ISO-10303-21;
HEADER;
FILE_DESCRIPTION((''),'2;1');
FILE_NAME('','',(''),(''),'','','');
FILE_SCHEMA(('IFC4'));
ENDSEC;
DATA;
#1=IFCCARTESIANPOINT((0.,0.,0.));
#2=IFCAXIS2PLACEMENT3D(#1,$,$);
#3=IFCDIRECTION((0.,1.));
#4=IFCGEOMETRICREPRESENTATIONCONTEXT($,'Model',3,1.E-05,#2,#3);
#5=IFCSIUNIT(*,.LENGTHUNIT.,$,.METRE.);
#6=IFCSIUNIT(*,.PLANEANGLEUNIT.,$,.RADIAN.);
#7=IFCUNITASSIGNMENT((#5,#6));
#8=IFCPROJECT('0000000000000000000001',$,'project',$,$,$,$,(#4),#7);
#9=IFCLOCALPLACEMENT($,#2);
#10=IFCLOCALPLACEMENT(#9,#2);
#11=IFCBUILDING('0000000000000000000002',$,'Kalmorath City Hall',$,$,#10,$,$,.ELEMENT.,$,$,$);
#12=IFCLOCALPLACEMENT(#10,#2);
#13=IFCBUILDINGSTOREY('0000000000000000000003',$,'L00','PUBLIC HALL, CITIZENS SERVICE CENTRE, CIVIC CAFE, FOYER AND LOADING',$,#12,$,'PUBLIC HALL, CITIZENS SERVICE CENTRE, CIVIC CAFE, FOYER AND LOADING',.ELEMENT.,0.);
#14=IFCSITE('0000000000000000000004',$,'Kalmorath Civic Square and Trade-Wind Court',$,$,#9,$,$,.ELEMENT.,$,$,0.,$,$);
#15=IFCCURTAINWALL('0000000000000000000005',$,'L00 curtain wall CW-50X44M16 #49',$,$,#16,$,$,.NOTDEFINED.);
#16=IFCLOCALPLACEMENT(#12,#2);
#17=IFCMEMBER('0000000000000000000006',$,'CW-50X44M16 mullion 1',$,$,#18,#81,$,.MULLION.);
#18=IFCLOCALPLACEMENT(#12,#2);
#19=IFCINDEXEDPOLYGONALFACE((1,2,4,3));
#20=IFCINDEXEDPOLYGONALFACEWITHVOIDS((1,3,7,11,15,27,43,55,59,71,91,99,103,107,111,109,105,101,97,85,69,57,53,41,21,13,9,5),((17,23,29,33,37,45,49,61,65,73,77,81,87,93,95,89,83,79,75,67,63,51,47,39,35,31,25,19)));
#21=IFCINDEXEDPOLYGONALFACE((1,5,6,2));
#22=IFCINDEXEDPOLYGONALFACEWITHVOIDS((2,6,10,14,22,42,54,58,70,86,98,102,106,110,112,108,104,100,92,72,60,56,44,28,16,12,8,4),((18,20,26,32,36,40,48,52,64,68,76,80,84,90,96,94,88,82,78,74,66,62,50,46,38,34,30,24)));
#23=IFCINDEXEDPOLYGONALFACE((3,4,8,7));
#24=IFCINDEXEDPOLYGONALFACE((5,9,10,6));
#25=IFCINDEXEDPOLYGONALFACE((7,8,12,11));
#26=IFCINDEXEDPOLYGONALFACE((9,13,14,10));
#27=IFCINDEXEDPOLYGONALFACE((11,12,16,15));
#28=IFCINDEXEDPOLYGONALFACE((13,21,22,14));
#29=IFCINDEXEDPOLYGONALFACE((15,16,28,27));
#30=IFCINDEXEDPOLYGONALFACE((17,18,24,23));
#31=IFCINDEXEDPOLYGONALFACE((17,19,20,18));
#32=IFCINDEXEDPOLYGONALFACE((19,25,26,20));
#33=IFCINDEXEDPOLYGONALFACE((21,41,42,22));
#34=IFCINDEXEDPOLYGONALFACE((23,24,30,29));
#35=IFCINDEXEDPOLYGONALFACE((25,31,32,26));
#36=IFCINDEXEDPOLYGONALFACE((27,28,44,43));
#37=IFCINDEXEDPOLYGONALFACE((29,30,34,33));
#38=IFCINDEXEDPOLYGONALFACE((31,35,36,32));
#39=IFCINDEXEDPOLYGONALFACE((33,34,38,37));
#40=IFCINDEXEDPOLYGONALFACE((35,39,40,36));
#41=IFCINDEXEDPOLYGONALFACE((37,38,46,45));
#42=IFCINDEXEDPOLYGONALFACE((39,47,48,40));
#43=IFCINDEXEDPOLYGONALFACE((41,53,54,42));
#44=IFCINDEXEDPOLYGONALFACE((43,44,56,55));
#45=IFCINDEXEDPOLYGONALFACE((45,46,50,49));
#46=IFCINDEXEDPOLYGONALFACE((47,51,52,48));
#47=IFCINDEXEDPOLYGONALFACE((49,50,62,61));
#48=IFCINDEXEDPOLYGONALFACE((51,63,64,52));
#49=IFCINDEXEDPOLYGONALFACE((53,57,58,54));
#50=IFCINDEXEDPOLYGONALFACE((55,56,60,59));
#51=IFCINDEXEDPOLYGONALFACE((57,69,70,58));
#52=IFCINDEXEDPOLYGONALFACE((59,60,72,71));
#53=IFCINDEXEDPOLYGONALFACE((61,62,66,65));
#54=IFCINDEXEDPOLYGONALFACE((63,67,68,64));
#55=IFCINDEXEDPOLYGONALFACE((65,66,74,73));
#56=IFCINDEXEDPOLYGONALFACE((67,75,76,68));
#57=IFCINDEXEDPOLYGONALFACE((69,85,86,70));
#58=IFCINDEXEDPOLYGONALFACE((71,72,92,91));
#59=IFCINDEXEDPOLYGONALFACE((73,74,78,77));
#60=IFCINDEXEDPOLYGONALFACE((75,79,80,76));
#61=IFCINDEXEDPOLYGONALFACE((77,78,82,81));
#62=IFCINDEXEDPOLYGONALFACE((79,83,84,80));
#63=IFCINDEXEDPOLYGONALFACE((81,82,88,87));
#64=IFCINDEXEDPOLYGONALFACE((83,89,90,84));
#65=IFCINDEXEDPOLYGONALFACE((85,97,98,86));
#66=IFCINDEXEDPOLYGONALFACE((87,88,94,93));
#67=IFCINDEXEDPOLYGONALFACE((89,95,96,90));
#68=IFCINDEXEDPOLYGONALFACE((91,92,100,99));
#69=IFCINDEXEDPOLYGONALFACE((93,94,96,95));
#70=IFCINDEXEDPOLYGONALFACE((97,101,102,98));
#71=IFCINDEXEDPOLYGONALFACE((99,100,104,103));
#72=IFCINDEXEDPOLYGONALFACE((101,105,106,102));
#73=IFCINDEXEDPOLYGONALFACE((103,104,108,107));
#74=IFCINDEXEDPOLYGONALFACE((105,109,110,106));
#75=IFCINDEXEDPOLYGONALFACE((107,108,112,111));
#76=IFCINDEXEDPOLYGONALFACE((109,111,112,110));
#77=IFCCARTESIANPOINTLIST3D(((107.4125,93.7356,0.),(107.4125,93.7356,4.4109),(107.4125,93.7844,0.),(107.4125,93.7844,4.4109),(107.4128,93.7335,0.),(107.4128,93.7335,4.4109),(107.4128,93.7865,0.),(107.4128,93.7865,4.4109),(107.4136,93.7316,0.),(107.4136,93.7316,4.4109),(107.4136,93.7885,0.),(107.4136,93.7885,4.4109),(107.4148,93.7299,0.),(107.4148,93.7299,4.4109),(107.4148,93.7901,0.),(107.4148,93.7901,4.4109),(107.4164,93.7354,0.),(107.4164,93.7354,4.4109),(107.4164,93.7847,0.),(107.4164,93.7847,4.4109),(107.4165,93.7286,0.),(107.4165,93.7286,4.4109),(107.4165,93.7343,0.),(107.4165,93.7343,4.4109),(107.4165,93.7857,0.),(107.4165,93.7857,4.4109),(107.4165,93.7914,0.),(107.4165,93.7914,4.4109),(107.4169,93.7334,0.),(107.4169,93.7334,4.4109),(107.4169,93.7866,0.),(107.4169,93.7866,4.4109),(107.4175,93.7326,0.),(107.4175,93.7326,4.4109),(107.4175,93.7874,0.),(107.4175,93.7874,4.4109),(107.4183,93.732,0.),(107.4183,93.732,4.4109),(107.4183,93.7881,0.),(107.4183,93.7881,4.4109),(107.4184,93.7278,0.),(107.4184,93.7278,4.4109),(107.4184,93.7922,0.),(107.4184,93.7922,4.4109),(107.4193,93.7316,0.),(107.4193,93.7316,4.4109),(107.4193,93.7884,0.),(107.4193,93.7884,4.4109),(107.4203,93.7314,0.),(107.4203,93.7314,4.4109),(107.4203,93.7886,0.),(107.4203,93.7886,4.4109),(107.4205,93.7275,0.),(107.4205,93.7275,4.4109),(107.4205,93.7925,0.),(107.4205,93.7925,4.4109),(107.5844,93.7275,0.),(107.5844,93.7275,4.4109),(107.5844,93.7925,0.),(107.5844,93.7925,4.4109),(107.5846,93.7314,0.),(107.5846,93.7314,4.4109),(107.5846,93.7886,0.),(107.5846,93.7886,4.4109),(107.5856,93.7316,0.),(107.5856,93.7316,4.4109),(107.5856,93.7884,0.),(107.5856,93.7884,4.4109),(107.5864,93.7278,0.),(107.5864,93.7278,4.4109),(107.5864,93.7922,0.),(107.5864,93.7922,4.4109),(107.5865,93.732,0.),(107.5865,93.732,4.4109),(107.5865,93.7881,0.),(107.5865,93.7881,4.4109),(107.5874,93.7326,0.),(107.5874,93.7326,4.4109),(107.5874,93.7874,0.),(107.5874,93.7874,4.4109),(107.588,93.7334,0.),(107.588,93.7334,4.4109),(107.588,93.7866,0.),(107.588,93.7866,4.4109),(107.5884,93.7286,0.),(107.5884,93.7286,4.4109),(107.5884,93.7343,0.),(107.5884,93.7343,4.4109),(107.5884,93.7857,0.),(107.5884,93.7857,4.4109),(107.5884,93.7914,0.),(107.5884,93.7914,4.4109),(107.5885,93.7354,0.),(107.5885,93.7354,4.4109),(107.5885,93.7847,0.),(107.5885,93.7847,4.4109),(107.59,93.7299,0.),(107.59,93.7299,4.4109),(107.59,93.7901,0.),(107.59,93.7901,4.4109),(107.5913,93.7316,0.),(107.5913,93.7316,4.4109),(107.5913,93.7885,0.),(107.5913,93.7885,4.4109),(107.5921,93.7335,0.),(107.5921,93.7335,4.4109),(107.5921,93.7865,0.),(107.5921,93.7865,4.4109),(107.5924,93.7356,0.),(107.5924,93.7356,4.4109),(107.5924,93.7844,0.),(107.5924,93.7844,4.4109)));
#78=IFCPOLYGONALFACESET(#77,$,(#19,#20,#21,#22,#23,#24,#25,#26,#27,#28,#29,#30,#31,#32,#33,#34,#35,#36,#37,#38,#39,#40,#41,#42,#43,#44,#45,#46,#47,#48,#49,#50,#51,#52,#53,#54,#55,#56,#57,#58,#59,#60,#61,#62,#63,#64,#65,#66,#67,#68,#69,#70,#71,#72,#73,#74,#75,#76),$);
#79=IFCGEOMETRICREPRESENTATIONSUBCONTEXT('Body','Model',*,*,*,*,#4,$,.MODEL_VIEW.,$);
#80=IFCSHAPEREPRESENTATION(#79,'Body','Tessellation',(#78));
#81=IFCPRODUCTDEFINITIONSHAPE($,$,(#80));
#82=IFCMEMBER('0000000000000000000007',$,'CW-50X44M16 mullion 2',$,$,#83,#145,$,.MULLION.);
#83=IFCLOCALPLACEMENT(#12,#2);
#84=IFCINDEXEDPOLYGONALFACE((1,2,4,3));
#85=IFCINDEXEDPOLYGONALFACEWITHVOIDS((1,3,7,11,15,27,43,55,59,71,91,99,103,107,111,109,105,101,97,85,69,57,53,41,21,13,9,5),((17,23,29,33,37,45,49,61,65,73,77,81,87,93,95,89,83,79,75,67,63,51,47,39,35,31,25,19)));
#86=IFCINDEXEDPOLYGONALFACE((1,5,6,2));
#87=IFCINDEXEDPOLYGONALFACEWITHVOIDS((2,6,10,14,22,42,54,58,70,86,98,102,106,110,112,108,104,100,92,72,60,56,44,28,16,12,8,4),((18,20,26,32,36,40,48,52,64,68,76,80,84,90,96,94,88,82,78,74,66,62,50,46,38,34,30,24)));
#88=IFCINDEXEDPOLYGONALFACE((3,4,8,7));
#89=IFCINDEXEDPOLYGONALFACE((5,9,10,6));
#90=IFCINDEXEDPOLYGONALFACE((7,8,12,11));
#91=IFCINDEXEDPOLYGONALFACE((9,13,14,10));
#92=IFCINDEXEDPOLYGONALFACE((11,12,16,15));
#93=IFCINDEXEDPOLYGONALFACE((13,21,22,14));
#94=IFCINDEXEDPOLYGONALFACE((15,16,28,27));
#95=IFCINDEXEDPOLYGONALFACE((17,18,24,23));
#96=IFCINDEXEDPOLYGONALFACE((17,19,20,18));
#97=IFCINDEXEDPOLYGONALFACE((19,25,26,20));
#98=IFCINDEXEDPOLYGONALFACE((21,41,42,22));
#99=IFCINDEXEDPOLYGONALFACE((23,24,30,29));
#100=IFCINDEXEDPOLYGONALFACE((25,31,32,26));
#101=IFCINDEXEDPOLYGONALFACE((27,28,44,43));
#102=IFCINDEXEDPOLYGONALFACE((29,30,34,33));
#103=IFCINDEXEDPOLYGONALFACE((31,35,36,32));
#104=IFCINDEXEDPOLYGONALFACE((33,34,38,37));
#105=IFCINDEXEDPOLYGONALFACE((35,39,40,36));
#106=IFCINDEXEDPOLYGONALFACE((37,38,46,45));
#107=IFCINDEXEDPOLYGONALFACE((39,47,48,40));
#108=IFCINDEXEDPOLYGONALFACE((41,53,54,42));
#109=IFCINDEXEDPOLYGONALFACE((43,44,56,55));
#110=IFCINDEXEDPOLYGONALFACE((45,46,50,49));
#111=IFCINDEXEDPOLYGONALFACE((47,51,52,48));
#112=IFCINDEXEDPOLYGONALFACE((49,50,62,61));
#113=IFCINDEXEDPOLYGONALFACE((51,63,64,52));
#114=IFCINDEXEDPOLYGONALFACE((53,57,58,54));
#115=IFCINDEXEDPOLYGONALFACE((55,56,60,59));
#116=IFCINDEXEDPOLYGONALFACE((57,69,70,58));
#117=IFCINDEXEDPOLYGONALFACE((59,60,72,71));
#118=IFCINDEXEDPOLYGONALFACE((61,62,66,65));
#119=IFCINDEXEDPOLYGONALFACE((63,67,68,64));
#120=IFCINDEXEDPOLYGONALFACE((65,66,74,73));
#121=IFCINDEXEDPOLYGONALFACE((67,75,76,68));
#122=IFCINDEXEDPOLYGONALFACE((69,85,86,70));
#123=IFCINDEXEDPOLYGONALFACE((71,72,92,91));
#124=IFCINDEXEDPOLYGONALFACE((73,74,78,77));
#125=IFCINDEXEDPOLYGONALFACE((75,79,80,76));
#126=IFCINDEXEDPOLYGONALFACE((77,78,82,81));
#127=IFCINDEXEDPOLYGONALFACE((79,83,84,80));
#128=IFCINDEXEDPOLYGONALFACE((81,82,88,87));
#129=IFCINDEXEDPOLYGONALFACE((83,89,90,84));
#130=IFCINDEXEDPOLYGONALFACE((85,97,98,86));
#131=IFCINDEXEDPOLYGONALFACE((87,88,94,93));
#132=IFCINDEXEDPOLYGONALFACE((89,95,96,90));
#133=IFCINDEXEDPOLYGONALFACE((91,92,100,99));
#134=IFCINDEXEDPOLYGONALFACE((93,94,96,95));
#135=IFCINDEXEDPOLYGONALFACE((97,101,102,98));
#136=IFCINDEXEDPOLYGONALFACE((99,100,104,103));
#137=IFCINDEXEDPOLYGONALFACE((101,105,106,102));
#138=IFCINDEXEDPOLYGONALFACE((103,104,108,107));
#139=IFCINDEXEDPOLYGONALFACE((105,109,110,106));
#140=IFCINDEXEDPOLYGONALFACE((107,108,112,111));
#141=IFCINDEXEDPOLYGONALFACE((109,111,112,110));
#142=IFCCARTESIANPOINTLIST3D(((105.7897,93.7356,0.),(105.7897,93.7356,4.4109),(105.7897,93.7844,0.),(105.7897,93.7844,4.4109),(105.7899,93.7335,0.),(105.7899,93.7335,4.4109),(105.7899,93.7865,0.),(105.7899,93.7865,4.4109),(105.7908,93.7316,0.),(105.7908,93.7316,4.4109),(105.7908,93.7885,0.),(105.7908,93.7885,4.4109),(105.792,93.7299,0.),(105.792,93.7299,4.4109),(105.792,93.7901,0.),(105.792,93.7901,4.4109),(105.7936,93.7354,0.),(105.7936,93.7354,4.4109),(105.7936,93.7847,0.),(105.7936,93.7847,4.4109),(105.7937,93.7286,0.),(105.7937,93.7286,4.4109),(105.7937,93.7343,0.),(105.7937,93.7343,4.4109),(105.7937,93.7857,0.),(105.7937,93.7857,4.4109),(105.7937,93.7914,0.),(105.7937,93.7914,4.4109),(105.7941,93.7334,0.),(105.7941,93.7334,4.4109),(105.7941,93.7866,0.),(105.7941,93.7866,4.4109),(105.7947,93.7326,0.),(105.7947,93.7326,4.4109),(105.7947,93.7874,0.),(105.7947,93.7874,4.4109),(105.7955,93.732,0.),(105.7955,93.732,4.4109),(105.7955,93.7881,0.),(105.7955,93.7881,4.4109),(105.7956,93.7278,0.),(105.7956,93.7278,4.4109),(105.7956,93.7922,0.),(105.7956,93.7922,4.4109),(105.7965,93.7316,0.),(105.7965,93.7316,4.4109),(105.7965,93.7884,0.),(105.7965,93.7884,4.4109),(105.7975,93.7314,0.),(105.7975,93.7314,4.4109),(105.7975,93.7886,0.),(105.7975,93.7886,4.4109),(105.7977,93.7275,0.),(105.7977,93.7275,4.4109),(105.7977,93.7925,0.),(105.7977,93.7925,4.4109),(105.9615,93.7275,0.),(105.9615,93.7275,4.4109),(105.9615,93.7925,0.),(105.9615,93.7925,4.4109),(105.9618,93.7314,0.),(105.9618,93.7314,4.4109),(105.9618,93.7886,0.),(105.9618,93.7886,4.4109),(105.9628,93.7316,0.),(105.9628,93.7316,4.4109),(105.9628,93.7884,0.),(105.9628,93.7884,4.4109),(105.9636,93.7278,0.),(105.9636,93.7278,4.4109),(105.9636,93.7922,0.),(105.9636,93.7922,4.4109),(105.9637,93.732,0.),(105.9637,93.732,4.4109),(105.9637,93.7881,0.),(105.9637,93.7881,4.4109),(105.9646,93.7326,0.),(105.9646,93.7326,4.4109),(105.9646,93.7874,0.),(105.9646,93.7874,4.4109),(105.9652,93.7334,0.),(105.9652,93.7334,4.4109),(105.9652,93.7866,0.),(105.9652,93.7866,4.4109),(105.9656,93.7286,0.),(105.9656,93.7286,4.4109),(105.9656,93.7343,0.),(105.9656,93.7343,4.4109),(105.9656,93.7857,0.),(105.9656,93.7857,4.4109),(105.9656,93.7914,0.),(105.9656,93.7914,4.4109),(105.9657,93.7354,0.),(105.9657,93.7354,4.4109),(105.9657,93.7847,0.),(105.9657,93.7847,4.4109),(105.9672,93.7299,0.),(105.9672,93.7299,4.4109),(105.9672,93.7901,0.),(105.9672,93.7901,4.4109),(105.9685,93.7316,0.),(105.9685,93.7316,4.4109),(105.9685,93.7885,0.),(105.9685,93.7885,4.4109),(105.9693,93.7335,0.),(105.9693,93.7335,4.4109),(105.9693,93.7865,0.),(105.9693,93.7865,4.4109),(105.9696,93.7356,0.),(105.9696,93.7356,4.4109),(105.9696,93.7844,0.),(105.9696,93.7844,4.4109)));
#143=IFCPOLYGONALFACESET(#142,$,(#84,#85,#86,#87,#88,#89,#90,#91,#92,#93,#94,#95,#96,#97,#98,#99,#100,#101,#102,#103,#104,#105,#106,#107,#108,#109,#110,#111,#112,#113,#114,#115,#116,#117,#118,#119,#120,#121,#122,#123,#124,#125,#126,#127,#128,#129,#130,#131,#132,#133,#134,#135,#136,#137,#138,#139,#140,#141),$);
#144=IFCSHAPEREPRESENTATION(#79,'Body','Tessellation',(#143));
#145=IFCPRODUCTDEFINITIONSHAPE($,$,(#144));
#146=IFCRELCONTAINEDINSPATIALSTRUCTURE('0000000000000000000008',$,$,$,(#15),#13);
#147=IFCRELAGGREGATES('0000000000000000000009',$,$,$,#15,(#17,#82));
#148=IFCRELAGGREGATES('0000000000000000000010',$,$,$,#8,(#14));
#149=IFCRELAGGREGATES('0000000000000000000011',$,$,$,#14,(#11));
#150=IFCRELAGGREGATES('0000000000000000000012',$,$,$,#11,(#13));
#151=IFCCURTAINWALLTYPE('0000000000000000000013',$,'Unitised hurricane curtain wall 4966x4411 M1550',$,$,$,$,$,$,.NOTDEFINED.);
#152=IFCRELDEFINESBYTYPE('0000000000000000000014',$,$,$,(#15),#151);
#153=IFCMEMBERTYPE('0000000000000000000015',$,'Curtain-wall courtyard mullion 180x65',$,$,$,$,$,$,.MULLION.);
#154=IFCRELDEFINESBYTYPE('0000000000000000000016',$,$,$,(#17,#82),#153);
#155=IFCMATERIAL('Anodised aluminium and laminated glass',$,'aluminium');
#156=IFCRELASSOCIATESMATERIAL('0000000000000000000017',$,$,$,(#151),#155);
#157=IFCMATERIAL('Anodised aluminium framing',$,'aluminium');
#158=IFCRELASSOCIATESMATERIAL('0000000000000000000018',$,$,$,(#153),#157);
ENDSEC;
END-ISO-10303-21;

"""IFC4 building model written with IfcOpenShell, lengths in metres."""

from ifc_helpers import new_model, si_unit, direction, frame, origin, origin_2d, place, context, subcontext, project, spatial, hollow_rectangle, extrude, material, material_profile, profile_set, type_object, element, aggregate, save


model = new_model("IFC4")

# Units and contexts
model_context = context("Model", 3, precision=1e-05, world=origin(), true_north=direction((0.0, 1.0)))
body_context = subcontext(model_context, "Body", "Model", "MODEL_VIEW")
ifc_project = project(units=[si_unit("LENGTHUNIT", "METRE"), si_unit("PLANEANGLEUNIT", "RADIAN")], contexts=[model_context])

# Site, building, storey
site_placement = place(None, origin())
site = spatial("IfcSite", under=ifc_project, at=site_placement, Name="Kalmorath Civic Square and Trade-Wind Court", CompositionType="ELEMENT", RefElevation=0.0)
building_placement = place(site_placement, origin())
building = spatial("IfcBuilding", under=site, at=building_placement, Name="Kalmorath City Hall", CompositionType="ELEMENT")
storey_placement = place(building_placement, origin())
storey = spatial("IfcBuildingStorey", under=building, at=storey_placement, Name="L00", Description="PUBLIC HALL, CITIZENS SERVICE CENTRE, CIVIC CAFE, FOYER AND LOADING", LongName="PUBLIC HALL, CITIZENS SERVICE CENTRE, CIVIC CAFE, FOYER AND LOADING", CompositionType="ELEMENT", Elevation=0.0)

# Curtain wall, members
ifc_material_1 = material(Name="Anodised aluminium and laminated glass", Category="aluminium")
curtain_wall_type = type_object("IfcCurtainWallType", Name="Unitised hurricane curtain wall 4966x4411 M1550", PredefinedType="NOTDEFINED", material=ifc_material_1)
curtain_wall_placement = place(storey_placement, origin())
curtain_wall = element("IfcCurtainWall", 1, at=curtain_wall_placement, inside=storey, type_object=curtain_wall_type, Name="L00 curtain wall CW-50X44M16 #49", PredefinedType="NOTDEFINED")
ifc_material_2 = material(Name="Anodised aluminium framing", Category="aluminium")
ifc_material_profile_1 = material_profile(ifc_material_2, hollow_rectangle(XDim=0.0649, YDim=0.1799, WallThickness=0.0039, InnerFilletRadius=0.0039, OuterFilletRadius=0.0081, at=origin_2d()), Name="ALU-MUL-180X65X4")
ifc_profile_set_1 = profile_set([ifc_material_profile_1], Name="Anodised aluminium framing")
member_type_1 = type_object("IfcMemberType", Name="Curtain-wall courtyard mullion 180x65", PredefinedType="MULLION", material=ifc_profile_set_1)
member_1_placement = place(storey_placement, frame((107.5024, 93.76, 0.0), z_axis=(0.0, 0.0, 1.0), x_axis=(0.0, -1.0, 0.0)))
member_1 = element("IfcMember", 2, at=member_1_placement, type_object=member_type_1, Name="CW-50X44M16 mullion 1", PredefinedType="MULLION", context=body_context, shape_type="SweptSolid", body=[
    extrude(hollow_rectangle(XDim=0.0649, YDim=0.1799, WallThickness=0.0039, InnerFilletRadius=0.0039, OuterFilletRadius=0.0081, at=origin_2d()), origin(), (0.0, 0.0, 1.0), 4.4109),
])
member_2_placement = place(storey_placement, frame((105.8796, 93.76, 0.0), z_axis=(0.0, 0.0, 1.0), x_axis=(0.0, -1.0, 0.0)))
member_2 = element("IfcMember", 3, at=member_2_placement, type_object=member_type_1, Name="CW-50X44M16 mullion 2", PredefinedType="MULLION", context=body_context, shape_type="SweptSolid", body=[
    extrude(hollow_rectangle(XDim=0.0649, YDim=0.1799, WallThickness=0.0039, InnerFilletRadius=0.0039, OuterFilletRadius=0.0081, at=origin_2d()), origin(), (0.0, 0.0, 1.0), 4.4109),
])
aggregate(curtain_wall, [member_1, member_2])

save(model, "model.ifc")
